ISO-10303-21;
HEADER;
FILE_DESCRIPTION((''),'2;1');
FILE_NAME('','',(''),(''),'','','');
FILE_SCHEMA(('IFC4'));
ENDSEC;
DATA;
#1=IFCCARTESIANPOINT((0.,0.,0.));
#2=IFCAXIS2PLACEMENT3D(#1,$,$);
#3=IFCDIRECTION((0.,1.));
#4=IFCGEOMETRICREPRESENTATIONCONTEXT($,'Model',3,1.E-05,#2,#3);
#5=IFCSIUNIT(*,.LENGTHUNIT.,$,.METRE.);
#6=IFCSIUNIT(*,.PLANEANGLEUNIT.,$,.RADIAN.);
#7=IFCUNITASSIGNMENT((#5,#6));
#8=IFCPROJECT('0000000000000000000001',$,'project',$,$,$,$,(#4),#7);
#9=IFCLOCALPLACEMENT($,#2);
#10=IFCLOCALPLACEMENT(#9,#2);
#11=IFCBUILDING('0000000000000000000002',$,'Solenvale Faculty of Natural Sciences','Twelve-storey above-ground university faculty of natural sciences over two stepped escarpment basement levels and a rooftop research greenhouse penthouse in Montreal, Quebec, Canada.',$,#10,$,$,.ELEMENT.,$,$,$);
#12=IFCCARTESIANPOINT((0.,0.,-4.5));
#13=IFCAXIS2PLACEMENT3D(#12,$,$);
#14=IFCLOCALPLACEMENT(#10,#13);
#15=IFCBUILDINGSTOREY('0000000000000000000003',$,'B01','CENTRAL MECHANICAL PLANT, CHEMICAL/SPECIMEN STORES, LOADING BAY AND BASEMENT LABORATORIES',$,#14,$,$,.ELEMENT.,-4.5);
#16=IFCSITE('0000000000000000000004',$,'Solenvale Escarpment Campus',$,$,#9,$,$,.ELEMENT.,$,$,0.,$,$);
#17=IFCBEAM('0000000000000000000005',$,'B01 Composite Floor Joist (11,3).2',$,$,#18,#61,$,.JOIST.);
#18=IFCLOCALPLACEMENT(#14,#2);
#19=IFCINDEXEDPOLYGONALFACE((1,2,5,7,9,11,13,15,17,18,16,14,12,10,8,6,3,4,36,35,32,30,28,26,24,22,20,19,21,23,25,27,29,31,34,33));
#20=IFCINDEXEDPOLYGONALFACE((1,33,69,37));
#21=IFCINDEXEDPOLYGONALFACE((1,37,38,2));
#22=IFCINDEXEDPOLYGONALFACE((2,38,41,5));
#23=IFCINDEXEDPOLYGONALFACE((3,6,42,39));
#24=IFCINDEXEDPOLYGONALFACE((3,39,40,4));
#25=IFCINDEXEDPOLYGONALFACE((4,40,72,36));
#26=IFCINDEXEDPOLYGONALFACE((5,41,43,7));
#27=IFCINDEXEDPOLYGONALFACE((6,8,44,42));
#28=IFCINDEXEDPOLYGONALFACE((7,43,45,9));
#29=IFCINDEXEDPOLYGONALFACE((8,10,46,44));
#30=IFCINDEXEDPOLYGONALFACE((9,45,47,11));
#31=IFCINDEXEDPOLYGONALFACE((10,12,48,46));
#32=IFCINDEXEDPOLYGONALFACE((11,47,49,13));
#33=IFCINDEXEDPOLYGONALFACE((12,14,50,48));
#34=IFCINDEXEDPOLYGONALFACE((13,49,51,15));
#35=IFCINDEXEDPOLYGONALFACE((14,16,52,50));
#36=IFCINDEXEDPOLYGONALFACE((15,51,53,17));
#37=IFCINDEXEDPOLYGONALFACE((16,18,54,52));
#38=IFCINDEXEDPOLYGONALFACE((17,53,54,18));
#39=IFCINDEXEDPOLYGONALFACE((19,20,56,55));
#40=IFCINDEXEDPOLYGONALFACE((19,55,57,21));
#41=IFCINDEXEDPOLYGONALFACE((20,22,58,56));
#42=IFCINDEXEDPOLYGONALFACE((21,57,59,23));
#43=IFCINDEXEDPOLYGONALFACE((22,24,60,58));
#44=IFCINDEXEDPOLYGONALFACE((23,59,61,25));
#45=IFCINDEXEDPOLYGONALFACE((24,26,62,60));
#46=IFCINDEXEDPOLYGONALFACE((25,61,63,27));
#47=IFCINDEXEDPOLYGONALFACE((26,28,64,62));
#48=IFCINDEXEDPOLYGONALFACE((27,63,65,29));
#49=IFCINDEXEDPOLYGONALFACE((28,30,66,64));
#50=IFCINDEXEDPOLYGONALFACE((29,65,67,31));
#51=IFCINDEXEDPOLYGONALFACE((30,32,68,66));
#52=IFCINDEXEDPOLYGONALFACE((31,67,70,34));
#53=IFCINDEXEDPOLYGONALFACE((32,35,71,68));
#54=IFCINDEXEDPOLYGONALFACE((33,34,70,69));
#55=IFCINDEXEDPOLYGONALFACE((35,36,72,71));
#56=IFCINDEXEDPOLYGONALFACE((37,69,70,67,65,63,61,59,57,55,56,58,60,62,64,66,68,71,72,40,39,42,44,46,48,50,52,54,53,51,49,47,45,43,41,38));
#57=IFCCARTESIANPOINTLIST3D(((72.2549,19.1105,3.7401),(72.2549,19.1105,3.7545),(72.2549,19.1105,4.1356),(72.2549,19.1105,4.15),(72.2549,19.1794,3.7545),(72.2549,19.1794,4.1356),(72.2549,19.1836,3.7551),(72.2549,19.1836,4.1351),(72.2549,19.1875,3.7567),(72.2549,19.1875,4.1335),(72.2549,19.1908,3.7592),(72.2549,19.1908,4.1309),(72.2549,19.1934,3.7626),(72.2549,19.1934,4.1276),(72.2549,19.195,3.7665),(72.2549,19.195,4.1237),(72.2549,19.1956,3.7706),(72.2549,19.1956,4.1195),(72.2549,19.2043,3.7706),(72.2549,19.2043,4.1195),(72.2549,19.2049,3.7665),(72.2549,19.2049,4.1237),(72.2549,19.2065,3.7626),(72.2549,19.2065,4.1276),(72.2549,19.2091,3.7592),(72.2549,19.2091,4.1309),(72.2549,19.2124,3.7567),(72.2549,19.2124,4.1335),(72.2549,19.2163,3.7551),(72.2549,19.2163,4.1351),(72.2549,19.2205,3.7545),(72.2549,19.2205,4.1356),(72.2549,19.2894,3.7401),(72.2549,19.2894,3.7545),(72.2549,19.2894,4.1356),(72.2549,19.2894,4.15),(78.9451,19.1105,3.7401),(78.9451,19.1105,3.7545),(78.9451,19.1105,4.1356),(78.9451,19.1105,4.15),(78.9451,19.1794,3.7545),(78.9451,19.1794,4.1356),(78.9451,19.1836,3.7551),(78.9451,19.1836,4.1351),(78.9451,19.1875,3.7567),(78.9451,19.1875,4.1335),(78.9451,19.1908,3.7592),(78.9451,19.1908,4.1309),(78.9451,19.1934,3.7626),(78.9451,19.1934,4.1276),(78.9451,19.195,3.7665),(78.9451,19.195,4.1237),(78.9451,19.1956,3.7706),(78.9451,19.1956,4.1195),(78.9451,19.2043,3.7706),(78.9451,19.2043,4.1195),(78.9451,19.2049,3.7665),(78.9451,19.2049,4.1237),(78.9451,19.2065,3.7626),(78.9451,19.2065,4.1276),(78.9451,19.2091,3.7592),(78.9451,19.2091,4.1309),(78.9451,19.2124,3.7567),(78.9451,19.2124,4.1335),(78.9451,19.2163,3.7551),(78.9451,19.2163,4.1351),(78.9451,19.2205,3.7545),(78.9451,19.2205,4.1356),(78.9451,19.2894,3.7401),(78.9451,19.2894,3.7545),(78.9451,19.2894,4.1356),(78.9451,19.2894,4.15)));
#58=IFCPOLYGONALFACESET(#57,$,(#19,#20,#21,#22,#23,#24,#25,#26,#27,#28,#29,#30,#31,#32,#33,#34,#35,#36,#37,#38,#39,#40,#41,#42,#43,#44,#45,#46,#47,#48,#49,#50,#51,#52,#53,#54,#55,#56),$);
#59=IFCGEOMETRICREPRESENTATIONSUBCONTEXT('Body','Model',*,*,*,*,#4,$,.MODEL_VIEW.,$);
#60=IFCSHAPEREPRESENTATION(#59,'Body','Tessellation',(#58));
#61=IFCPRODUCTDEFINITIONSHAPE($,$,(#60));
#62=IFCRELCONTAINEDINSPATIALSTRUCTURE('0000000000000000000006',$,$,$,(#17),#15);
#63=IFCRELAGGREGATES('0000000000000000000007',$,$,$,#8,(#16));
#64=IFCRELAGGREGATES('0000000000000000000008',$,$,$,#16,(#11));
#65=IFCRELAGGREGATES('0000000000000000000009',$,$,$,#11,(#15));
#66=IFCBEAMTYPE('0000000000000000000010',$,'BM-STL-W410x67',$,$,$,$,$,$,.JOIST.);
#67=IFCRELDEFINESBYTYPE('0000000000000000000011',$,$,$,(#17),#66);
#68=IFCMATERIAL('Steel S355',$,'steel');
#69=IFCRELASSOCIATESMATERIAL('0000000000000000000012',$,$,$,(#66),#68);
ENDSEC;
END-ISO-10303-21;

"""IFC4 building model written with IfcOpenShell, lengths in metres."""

from ifc_helpers import new_model, si_unit, direction, frame, origin, origin_2d, place, context, subcontext, project, spatial, i_section, extrude, material, material_profile, profile_set, type_object, element, save


model = new_model("IFC4")

# Units and contexts
model_context = context("Model", 3, precision=1e-05, world=origin(), true_north=direction((0.0, 1.0)))
body_context = subcontext(model_context, "Body", "Model", "MODEL_VIEW")
ifc_project = project(units=[si_unit("LENGTHUNIT", "METRE"), si_unit("PLANEANGLEUNIT", "RADIAN")], contexts=[model_context])

# Site, building, storey
site_placement = place(None, origin())
site = spatial("IfcSite", under=ifc_project, at=site_placement, Name="Solenvale Escarpment Campus", CompositionType="ELEMENT", RefElevation=0.0)
building_placement = place(site_placement, origin())
building = spatial("IfcBuilding", under=site, at=building_placement, Name="Solenvale Faculty of Natural Sciences", Description="Twelve-storey above-ground university faculty of natural sciences over two stepped escarpment basement levels and a rooftop research greenhouse penthouse in Montreal, Quebec, Canada.", CompositionType="ELEMENT")
storey_placement = place(building_placement, frame((0.0, 0.0, -4.5)))
storey = spatial("IfcBuildingStorey", under=building, at=storey_placement, Name="B01", Description="CENTRAL MECHANICAL PLANT, CHEMICAL/SPECIMEN STORES, LOADING BAY AND BASEMENT LABORATORIES", CompositionType="ELEMENT", Elevation=-4.5)

# Beam
ifc_material_1 = material(Name="Steel S355", Category="steel")
ifc_material_profile_1 = material_profile(ifc_material_1, i_section(OverallWidth=0.179, OverallDepth=0.4099, WebThickness=0.0088, FlangeThickness=0.0144, FilletRadius=0.0161, at=origin_2d()), Name="W410x67")
ifc_profile_set_1 = profile_set([ifc_material_profile_1], Name="Steel S355")
beam_type_1 = type_object("IfcBeamType", Name="BM-STL-W410x67", PredefinedType="JOIST", material=ifc_profile_set_1)
for number, where, z_axis, x_axis, name in (
    (1, (72.2549, 19.2, 3.9451), (1.0, 0.0, 0.0), (0.0, 1.0, 0.0), "B01 Composite Floor Joist (11,3).2"),
):
    element("IfcBeam", number, at=place(storey_placement, frame(where, z_axis=z_axis, x_axis=x_axis)), inside=storey, type_object=beam_type_1, Name=name, PredefinedType="JOIST", context=body_context, shape_type="SweptSolid", body=[
        extrude(i_section(OverallWidth=0.179, OverallDepth=0.4099, WebThickness=0.0088, FlangeThickness=0.0144, FilletRadius=0.0161, at=origin_2d()), origin(), (0.0, 0.0, 1.0), 6.6902),
    ])

save(model, "model.ifc")
